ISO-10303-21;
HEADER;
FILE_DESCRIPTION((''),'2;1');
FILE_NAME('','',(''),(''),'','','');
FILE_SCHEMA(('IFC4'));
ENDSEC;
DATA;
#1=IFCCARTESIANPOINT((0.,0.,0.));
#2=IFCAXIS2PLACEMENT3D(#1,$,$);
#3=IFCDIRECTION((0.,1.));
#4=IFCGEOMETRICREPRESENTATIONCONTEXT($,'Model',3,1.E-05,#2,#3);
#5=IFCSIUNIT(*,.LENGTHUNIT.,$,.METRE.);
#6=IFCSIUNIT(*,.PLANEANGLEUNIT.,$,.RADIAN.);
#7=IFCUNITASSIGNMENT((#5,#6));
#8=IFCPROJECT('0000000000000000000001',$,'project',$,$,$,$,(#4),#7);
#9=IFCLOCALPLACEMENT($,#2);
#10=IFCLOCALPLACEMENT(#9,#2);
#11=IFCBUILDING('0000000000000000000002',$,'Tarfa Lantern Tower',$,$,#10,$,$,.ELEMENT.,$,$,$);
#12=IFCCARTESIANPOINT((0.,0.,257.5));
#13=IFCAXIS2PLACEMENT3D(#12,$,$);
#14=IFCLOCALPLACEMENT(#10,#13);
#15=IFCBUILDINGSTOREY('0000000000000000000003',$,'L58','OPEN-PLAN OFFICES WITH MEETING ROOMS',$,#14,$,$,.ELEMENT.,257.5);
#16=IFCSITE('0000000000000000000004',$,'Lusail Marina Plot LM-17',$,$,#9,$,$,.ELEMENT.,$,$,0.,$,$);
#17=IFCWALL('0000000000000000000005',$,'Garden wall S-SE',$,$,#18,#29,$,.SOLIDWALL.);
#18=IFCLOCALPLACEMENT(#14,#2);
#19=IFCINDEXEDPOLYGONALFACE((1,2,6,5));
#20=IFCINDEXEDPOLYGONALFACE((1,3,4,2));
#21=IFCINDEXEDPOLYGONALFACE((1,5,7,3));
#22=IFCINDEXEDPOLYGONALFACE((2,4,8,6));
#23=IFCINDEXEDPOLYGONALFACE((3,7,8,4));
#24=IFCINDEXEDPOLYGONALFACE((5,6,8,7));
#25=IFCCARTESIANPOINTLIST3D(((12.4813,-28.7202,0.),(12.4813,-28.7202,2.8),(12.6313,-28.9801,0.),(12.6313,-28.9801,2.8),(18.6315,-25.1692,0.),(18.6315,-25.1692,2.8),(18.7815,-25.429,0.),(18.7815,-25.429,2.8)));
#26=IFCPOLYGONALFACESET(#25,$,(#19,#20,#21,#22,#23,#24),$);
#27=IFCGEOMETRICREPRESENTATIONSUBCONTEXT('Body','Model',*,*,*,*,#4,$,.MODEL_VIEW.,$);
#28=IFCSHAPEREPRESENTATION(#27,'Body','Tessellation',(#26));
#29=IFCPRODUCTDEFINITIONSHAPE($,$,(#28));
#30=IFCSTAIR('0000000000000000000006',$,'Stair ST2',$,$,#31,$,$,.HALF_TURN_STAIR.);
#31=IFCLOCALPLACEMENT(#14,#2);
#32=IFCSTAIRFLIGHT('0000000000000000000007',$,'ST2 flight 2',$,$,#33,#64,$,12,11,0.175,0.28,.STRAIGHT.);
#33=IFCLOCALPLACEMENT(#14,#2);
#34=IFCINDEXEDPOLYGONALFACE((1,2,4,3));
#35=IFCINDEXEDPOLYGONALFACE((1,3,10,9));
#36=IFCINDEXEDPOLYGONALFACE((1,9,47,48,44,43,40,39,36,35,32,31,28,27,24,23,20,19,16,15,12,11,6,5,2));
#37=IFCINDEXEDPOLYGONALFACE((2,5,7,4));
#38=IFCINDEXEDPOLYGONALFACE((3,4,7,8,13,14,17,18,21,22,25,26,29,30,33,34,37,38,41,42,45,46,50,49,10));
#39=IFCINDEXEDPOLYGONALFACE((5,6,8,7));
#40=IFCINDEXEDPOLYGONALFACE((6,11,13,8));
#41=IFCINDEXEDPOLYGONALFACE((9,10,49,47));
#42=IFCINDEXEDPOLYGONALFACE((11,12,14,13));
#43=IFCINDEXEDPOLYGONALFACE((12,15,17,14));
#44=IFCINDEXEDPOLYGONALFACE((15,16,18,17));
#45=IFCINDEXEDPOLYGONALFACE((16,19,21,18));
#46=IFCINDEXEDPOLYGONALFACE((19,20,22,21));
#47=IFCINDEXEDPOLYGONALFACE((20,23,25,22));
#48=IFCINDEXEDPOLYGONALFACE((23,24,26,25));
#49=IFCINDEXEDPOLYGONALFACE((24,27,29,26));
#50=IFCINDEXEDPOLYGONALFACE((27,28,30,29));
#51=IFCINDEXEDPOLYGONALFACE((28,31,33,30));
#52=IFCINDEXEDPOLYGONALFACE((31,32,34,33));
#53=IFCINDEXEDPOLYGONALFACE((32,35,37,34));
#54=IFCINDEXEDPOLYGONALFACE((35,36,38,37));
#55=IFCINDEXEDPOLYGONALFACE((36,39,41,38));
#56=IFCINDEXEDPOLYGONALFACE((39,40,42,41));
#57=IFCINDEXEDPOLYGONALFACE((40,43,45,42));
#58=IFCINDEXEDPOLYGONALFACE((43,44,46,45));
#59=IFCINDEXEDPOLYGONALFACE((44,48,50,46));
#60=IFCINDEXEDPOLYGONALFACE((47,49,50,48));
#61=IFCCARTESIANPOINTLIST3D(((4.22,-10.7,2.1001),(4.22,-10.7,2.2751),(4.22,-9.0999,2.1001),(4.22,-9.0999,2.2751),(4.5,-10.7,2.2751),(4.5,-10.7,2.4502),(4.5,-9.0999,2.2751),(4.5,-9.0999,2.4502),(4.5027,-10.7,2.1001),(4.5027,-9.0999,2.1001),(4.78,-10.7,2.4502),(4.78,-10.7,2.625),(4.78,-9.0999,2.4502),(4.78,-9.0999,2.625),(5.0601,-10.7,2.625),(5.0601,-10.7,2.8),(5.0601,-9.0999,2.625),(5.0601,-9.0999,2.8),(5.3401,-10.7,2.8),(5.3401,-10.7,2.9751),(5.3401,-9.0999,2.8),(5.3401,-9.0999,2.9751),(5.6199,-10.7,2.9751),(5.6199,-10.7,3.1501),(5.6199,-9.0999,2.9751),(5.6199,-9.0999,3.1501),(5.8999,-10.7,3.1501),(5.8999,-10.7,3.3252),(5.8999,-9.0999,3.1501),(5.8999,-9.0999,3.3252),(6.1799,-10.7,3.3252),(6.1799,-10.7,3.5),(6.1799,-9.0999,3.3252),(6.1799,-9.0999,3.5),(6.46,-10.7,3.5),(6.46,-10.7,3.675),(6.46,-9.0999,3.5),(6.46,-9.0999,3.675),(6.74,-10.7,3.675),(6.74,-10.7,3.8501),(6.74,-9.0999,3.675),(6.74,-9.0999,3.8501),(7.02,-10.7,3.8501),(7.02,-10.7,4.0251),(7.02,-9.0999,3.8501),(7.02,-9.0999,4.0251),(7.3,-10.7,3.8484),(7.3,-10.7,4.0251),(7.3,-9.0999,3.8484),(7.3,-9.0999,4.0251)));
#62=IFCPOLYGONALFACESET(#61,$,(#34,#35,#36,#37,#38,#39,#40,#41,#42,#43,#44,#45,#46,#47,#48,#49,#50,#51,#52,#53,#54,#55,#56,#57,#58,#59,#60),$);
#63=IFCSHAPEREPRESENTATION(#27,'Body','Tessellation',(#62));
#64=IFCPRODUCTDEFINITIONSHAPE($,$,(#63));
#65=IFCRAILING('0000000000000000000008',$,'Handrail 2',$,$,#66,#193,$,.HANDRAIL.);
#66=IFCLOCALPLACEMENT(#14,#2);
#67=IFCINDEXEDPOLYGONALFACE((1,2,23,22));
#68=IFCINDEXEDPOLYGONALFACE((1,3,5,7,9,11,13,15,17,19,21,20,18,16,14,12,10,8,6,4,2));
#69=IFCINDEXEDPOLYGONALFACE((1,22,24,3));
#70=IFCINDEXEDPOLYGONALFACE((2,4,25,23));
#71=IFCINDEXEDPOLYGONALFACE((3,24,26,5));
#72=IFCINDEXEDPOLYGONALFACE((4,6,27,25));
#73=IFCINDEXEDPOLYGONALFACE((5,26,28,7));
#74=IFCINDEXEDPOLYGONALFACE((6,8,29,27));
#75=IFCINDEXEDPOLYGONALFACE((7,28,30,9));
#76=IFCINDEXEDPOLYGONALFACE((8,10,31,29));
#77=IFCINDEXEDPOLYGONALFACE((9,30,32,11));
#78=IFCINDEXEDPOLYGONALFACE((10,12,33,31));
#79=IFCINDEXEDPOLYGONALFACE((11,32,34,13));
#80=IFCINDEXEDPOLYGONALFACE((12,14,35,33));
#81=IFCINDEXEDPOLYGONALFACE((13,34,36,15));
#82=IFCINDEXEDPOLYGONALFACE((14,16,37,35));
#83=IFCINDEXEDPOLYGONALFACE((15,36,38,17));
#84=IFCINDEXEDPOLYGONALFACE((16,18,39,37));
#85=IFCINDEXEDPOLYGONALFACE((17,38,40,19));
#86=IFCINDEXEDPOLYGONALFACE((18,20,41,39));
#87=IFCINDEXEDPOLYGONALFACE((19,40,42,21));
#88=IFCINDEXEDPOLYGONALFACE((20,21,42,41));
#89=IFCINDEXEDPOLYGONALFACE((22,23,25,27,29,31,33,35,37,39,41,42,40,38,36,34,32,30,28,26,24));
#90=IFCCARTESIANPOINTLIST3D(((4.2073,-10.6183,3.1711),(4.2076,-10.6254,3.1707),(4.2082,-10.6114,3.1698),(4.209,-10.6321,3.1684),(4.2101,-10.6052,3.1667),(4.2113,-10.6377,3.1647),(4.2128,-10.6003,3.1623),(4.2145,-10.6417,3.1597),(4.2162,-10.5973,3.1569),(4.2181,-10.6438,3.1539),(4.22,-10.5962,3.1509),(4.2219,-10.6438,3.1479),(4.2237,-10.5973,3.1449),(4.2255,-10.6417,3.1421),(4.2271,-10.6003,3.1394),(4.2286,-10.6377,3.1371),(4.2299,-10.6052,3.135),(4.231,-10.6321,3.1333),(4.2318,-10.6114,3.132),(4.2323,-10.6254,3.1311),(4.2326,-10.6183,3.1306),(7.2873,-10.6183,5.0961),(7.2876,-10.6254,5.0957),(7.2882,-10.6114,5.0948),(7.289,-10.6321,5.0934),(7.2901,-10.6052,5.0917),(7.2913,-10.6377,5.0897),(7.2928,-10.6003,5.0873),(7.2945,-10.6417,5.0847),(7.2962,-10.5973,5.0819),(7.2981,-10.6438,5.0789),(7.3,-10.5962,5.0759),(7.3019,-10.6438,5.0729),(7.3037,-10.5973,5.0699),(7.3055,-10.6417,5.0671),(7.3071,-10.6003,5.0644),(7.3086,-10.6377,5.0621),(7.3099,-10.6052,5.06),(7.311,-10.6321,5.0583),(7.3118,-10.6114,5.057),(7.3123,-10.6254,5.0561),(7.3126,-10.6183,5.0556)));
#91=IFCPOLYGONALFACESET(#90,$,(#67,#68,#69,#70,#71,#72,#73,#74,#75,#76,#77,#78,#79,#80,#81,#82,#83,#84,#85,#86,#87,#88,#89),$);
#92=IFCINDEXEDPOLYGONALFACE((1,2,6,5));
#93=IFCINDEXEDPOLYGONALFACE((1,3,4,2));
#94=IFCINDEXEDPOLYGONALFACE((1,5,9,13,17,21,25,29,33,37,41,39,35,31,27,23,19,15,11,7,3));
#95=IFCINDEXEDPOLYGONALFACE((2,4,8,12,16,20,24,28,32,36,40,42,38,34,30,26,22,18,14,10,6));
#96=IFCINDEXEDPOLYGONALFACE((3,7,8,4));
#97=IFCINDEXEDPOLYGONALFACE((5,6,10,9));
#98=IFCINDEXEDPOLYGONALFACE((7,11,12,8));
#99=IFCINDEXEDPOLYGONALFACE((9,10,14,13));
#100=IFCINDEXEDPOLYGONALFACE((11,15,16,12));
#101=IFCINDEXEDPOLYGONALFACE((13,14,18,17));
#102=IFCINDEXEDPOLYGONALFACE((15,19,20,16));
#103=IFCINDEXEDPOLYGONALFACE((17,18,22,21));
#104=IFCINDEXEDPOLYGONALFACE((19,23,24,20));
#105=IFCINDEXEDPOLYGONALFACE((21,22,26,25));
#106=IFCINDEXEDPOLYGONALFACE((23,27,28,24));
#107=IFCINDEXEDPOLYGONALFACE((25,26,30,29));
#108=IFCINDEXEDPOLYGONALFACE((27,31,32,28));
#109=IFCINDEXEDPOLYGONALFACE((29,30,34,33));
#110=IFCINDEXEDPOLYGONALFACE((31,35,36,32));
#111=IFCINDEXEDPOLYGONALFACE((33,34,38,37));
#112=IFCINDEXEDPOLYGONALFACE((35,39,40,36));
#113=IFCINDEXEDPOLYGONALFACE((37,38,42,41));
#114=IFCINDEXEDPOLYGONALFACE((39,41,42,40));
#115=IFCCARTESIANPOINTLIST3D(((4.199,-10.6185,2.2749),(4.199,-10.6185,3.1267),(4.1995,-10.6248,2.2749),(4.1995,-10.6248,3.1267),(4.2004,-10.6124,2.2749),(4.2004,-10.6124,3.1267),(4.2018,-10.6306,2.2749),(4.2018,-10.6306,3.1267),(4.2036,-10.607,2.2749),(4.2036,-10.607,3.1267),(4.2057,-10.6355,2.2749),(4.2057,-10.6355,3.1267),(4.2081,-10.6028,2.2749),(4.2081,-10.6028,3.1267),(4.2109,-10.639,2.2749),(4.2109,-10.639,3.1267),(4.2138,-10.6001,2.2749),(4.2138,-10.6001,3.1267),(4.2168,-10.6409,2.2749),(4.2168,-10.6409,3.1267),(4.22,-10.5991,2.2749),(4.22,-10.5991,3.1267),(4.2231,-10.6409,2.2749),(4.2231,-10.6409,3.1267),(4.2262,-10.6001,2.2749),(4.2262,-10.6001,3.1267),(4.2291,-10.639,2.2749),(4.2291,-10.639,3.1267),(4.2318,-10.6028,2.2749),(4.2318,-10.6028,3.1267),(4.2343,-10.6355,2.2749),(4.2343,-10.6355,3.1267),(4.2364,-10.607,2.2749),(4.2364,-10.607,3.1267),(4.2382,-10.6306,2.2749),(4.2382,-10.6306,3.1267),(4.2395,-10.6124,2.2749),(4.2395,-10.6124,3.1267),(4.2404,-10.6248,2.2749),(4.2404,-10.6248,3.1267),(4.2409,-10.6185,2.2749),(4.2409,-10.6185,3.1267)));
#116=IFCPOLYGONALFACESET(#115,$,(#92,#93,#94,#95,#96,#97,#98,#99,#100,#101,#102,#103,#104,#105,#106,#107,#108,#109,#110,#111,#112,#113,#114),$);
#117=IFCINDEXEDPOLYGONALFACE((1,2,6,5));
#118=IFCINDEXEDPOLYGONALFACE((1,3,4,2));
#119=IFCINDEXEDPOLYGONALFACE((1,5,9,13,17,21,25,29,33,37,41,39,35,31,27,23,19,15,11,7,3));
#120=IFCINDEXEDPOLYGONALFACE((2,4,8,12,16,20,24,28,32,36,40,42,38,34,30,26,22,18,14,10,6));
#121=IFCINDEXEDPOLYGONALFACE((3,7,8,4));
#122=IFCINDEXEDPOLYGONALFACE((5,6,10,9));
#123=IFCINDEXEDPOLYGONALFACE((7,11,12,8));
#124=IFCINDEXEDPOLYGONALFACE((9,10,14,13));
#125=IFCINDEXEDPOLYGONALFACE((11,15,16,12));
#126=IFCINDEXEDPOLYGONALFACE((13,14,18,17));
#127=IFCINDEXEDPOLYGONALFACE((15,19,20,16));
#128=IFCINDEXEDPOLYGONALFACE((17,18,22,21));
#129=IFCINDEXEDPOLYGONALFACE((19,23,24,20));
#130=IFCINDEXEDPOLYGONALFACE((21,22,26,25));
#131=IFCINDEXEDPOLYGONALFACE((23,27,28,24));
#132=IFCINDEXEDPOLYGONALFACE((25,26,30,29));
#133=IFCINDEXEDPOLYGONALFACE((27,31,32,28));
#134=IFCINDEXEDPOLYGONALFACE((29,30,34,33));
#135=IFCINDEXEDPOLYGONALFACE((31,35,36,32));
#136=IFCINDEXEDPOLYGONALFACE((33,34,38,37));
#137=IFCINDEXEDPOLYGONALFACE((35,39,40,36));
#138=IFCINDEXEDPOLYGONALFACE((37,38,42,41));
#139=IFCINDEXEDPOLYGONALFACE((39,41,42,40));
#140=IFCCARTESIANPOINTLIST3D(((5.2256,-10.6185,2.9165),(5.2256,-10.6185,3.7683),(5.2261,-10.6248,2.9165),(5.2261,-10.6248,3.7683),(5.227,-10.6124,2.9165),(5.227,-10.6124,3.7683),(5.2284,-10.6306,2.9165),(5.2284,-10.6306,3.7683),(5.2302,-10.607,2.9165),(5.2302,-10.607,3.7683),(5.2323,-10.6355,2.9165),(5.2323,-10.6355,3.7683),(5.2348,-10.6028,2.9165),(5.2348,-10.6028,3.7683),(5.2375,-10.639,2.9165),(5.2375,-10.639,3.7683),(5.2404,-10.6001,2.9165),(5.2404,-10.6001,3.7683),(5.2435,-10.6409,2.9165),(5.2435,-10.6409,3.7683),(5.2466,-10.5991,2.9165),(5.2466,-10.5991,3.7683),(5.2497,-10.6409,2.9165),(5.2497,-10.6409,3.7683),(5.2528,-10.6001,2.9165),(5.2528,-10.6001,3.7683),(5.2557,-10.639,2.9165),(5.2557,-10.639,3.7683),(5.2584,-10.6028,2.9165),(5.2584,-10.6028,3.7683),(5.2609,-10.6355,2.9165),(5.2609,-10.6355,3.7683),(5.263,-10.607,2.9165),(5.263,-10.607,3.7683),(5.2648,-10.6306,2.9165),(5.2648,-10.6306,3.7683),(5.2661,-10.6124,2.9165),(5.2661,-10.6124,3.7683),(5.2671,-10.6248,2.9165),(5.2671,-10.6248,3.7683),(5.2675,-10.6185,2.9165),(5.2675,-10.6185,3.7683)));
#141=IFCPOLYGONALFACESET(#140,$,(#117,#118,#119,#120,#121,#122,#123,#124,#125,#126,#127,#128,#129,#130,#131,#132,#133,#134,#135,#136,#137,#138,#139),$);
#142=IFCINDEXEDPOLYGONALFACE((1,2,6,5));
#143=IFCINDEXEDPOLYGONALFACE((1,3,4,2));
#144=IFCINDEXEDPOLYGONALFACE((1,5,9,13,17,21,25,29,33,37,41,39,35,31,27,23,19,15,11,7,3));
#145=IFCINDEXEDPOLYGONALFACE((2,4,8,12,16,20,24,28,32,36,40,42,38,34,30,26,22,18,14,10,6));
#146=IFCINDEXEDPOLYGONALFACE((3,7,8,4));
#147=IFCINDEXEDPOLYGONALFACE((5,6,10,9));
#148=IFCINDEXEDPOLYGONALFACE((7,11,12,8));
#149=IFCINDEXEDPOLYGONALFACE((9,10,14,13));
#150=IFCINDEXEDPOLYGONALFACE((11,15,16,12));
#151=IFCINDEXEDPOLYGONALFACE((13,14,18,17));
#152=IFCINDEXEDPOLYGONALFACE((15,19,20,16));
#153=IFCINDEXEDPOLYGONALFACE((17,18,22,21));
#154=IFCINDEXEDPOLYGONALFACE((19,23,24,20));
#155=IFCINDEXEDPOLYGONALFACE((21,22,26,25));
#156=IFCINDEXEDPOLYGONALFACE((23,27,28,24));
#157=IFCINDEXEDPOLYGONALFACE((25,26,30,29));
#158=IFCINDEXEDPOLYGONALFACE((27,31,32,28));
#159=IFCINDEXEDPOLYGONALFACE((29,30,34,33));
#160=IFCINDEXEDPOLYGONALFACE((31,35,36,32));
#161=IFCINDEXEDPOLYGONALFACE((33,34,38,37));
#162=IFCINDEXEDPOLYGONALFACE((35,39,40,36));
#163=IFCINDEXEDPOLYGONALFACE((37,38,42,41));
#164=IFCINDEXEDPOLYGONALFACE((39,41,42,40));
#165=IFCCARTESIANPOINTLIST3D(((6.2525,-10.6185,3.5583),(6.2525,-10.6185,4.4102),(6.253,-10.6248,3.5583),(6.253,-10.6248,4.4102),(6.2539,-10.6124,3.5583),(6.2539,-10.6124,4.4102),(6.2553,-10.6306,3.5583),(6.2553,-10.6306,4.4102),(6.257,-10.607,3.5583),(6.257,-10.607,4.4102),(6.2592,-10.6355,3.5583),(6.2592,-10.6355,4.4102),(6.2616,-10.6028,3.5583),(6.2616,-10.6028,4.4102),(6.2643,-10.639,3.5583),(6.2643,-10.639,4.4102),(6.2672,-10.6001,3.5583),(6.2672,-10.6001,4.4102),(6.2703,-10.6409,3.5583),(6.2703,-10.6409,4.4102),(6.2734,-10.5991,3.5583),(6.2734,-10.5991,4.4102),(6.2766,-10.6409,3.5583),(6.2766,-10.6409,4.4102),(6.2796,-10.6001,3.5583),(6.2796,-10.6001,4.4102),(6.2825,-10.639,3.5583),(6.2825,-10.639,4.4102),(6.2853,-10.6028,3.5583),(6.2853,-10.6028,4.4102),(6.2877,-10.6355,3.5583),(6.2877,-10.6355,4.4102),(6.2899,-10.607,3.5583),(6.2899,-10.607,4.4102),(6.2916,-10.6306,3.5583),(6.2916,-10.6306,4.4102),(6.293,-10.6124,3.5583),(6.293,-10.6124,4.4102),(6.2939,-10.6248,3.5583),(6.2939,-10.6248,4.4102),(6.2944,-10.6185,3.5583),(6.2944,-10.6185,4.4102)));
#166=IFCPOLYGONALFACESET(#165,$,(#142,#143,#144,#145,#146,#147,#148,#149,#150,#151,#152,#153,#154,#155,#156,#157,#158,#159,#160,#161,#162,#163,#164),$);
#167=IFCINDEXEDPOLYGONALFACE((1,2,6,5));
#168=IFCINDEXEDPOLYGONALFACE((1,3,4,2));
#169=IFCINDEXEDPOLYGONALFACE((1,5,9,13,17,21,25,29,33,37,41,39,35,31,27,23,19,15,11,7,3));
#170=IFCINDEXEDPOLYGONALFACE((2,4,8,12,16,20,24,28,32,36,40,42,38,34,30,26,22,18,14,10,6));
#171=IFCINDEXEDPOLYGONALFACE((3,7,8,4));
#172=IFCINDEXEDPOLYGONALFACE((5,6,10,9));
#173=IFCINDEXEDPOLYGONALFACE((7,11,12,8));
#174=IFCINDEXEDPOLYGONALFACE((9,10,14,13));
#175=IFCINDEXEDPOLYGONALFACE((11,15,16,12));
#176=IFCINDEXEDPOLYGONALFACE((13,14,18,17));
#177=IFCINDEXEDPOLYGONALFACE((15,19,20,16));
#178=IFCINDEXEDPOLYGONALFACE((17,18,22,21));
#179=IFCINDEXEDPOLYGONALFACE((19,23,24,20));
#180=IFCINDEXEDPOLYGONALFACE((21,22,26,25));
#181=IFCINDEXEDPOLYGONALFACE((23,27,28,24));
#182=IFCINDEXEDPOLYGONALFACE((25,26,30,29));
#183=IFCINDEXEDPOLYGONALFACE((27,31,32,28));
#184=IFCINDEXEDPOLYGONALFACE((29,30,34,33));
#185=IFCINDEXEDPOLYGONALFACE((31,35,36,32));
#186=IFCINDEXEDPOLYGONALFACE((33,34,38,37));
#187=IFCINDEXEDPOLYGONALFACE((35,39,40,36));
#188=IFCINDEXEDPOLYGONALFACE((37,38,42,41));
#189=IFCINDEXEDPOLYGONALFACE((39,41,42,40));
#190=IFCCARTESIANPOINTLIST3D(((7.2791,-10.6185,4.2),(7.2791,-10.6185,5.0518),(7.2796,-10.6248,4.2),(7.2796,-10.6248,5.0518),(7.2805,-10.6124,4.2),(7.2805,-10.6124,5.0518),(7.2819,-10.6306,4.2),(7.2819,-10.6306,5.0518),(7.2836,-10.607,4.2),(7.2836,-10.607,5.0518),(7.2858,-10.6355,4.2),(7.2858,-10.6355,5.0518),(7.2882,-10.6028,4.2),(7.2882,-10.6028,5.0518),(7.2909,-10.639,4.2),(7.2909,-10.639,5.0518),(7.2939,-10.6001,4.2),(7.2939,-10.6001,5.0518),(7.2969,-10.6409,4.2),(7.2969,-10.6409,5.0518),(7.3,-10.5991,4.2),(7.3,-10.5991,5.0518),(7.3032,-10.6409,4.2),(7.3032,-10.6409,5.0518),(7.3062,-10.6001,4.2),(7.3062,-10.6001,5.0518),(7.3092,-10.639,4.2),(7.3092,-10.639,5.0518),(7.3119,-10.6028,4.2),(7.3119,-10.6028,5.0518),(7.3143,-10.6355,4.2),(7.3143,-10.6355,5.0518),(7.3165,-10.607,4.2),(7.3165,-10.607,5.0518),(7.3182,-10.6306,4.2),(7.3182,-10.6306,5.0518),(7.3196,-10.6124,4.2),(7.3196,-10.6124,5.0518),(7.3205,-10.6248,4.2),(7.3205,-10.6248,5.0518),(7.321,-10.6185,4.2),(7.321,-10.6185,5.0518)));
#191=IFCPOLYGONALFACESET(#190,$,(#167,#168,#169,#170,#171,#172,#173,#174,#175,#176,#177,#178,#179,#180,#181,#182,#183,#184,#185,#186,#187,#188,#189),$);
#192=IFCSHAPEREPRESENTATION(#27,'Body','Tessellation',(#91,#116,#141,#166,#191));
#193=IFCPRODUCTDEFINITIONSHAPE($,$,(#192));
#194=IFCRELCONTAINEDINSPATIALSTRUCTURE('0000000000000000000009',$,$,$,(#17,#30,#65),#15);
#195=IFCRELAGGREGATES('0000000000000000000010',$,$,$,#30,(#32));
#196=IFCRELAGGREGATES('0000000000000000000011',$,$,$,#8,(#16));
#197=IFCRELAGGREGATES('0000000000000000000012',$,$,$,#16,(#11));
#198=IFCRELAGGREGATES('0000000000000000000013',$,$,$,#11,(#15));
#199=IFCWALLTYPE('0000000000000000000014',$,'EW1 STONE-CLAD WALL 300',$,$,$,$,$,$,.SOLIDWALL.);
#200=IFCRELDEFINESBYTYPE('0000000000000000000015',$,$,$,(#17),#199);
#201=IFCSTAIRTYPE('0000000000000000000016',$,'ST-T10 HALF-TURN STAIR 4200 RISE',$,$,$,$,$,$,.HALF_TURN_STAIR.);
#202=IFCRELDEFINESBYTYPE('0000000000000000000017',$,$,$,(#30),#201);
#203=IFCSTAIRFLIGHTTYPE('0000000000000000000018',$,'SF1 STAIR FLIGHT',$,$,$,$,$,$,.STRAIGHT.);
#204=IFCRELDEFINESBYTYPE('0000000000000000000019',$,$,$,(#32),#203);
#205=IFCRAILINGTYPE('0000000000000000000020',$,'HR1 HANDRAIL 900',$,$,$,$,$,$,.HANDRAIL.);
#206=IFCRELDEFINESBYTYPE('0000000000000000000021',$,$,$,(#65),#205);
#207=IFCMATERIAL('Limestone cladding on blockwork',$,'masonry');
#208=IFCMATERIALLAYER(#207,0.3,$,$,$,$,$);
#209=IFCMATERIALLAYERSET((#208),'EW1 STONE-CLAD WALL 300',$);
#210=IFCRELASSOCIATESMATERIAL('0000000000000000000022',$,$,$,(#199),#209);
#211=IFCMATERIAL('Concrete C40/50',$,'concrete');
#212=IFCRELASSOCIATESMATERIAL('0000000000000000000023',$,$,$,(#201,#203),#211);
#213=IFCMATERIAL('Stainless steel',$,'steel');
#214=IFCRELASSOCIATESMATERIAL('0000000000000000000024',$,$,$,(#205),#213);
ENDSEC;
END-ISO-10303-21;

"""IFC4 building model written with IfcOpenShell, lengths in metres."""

from ifc_helpers import new_model, si_unit, direction, frame, frame_2d, origin, origin_2d, place, context, subcontext, project, spatial, polyline, rectangle, circle, outline, extrude, material, layer, layer_set, type_object, element, aggregate, save


model = new_model("IFC4")

# Units and contexts
model_context = context("Model", 3, precision=1e-05, world=origin(), true_north=direction((0.0, 1.0)))
body_context = subcontext(model_context, "Body", "Model", "MODEL_VIEW")
ifc_project = project(units=[si_unit("LENGTHUNIT", "METRE"), si_unit("PLANEANGLEUNIT", "RADIAN")], contexts=[model_context])

# Site, building, storey
site_placement = place(None, origin())
site = spatial("IfcSite", under=ifc_project, at=site_placement, Name="Lusail Marina Plot LM-17", CompositionType="ELEMENT", RefElevation=0.0)
building_placement = place(site_placement, origin())
building = spatial("IfcBuilding", under=site, at=building_placement, Name="Tarfa Lantern Tower", CompositionType="ELEMENT")
storey_placement = place(building_placement, frame((0.0, 0.0, 257.5)))
storey = spatial("IfcBuildingStorey", under=building, at=storey_placement, Name="L58", Description="OPEN-PLAN OFFICES WITH MEETING ROOMS", CompositionType="ELEMENT", Elevation=257.5)

# Wall
ifc_material_1 = material(Name="Limestone cladding on blockwork", Category="masonry")
ifc_layer_1 = layer(ifc_material_1, 0.3)
ifc_layer_set_1 = layer_set([ifc_layer_1], Name="EW1 STONE-CLAD WALL 300")
wall_type_1 = type_object("IfcWallType", Name="EW1 STONE-CLAD WALL 300", PredefinedType="SOLIDWALL", material=ifc_layer_set_1)
wall_1_placement = place(storey_placement, frame((12.5564, -28.8501, 0.0), z_axis=(0.0, 0.0, 1.0), x_axis=(0.866011, 0.500025, 0.0)))
element("IfcWall", 1, at=wall_1_placement, inside=storey, type_object=wall_type_1, Name="Garden wall S-SE", PredefinedType="SOLIDWALL", context=body_context, shape_type="SweptSolid", body=[
    extrude(rectangle(XDim=7.1018, YDim=0.3, at=frame_2d((3.5508, 0.0))), origin(), (0.0, 0.0, 1.0), 2.8),
])

# Stair, stair flight
ifc_material_2 = material(Name="Concrete C40/50", Category="concrete")
stair_type = type_object("IfcStairType", Name="ST-T10 HALF-TURN STAIR 4200 RISE", PredefinedType="HALF_TURN_STAIR", material=ifc_material_2)
stair_placement = place(storey_placement, origin())
stair = element("IfcStair", 2, at=stair_placement, inside=storey, type_object=stair_type, Name="Stair ST2", PredefinedType="HALF_TURN_STAIR")
stair_flight_type = type_object("IfcStairFlightType", Name="SF1 STAIR FLIGHT", PredefinedType="STRAIGHT", material=ifc_material_2)
stair_flight_placement = place(storey_placement, frame((4.22, -9.8999, 2.1001), z_axis=(0.0, 0.0, 1.0), x_axis=(1.0, 0.0, 0.0)))
stair_flight = element("IfcStairFlight", 3, at=stair_flight_placement, type_object=stair_flight_type, Name="ST2 flight 2", NumberOfRisers=12, NumberOfTreads=11, PredefinedType="STRAIGHT", RiserHeight=0.175, TreadLength=0.28, context=body_context, shape_type="SweptSolid", body=[
    extrude(outline(polyline([(0.0, 0.0), (0.0, 0.175), (0.28, 0.175), (0.28, 0.3501), (0.5601, 0.3501), (0.5601, 0.5249), (0.8401, 0.5249), (0.8401, 0.7), (1.1201, 0.7), (1.1201, 0.875), (1.3999, 0.875), (1.3999, 1.05), (1.6799, 1.05), (1.6799, 1.2251), (1.96, 1.2251), (1.96, 1.3999), (2.24, 1.3999), (2.24, 1.575), (2.52, 1.575), (2.52, 1.75), (2.8, 1.75), (2.8, 1.925), (3.0801, 1.925), (3.0801, 2.1001), (3.0801, 1.7483), (0.2827, 0.0), (0.0, 0.0)])), frame((0.0, 0.8, 0.0), z_axis=(0.0, -1.0, 0.0), x_axis=(1.0, 0.0, 0.0)), (0.0, 0.0, 1.0), 1.6001),
])
aggregate(stair, [stair_flight])

# Railing
ifc_material_3 = material(Name="Stainless steel", Category="steel")
railing_type = type_object("IfcRailingType", Name="HR1 HANDRAIL 900", PredefinedType="HANDRAIL", material=ifc_material_3)
railing_placement = place(storey_placement, frame((4.22, -10.6201, 2.2749)))
element("IfcRailing", 4, at=railing_placement, inside=storey, type_object=railing_type, Name="Handrail 2", PredefinedType="HANDRAIL", context=body_context, shape_type="SweptSolid", body=[
    extrude(circle(Radius=0.0239, at=origin_2d()), frame((0.0, 0.0, 0.876), z_axis=(0.847998, 0.0, 0.529999), x_axis=(0.0, 1.0, 0.0)), (0.0, 0.0, 1.0), 3.6321),
    extrude(circle(Radius=0.021, at=origin_2d()), frame((0.0, 0.0, 0.0), z_axis=(0.0, 0.0, 1.0), x_axis=(0.0, 1.0, 0.0)), (0.0, 0.0, 1.0), 0.8518),
    extrude(circle(Radius=0.021, at=origin_2d()), frame((1.0266, 0.0, 0.6416), z_axis=(0.0, 0.0, 1.0), x_axis=(0.0, 1.0, 0.0)), (0.0, 0.0, 1.0), 0.8518),
    extrude(circle(Radius=0.021, at=origin_2d()), frame((2.0535, 0.0, 1.2834), z_axis=(0.0, 0.0, 1.0), x_axis=(0.0, 1.0, 0.0)), (0.0, 0.0, 1.0), 0.8518),
    extrude(circle(Radius=0.021, at=origin_2d()), frame((3.0801, 0.0, 1.925), z_axis=(0.0, 0.0, 1.0), x_axis=(0.0, 1.0, 0.0)), (0.0, 0.0, 1.0), 0.8518),
])

save(model, "model.ifc")
